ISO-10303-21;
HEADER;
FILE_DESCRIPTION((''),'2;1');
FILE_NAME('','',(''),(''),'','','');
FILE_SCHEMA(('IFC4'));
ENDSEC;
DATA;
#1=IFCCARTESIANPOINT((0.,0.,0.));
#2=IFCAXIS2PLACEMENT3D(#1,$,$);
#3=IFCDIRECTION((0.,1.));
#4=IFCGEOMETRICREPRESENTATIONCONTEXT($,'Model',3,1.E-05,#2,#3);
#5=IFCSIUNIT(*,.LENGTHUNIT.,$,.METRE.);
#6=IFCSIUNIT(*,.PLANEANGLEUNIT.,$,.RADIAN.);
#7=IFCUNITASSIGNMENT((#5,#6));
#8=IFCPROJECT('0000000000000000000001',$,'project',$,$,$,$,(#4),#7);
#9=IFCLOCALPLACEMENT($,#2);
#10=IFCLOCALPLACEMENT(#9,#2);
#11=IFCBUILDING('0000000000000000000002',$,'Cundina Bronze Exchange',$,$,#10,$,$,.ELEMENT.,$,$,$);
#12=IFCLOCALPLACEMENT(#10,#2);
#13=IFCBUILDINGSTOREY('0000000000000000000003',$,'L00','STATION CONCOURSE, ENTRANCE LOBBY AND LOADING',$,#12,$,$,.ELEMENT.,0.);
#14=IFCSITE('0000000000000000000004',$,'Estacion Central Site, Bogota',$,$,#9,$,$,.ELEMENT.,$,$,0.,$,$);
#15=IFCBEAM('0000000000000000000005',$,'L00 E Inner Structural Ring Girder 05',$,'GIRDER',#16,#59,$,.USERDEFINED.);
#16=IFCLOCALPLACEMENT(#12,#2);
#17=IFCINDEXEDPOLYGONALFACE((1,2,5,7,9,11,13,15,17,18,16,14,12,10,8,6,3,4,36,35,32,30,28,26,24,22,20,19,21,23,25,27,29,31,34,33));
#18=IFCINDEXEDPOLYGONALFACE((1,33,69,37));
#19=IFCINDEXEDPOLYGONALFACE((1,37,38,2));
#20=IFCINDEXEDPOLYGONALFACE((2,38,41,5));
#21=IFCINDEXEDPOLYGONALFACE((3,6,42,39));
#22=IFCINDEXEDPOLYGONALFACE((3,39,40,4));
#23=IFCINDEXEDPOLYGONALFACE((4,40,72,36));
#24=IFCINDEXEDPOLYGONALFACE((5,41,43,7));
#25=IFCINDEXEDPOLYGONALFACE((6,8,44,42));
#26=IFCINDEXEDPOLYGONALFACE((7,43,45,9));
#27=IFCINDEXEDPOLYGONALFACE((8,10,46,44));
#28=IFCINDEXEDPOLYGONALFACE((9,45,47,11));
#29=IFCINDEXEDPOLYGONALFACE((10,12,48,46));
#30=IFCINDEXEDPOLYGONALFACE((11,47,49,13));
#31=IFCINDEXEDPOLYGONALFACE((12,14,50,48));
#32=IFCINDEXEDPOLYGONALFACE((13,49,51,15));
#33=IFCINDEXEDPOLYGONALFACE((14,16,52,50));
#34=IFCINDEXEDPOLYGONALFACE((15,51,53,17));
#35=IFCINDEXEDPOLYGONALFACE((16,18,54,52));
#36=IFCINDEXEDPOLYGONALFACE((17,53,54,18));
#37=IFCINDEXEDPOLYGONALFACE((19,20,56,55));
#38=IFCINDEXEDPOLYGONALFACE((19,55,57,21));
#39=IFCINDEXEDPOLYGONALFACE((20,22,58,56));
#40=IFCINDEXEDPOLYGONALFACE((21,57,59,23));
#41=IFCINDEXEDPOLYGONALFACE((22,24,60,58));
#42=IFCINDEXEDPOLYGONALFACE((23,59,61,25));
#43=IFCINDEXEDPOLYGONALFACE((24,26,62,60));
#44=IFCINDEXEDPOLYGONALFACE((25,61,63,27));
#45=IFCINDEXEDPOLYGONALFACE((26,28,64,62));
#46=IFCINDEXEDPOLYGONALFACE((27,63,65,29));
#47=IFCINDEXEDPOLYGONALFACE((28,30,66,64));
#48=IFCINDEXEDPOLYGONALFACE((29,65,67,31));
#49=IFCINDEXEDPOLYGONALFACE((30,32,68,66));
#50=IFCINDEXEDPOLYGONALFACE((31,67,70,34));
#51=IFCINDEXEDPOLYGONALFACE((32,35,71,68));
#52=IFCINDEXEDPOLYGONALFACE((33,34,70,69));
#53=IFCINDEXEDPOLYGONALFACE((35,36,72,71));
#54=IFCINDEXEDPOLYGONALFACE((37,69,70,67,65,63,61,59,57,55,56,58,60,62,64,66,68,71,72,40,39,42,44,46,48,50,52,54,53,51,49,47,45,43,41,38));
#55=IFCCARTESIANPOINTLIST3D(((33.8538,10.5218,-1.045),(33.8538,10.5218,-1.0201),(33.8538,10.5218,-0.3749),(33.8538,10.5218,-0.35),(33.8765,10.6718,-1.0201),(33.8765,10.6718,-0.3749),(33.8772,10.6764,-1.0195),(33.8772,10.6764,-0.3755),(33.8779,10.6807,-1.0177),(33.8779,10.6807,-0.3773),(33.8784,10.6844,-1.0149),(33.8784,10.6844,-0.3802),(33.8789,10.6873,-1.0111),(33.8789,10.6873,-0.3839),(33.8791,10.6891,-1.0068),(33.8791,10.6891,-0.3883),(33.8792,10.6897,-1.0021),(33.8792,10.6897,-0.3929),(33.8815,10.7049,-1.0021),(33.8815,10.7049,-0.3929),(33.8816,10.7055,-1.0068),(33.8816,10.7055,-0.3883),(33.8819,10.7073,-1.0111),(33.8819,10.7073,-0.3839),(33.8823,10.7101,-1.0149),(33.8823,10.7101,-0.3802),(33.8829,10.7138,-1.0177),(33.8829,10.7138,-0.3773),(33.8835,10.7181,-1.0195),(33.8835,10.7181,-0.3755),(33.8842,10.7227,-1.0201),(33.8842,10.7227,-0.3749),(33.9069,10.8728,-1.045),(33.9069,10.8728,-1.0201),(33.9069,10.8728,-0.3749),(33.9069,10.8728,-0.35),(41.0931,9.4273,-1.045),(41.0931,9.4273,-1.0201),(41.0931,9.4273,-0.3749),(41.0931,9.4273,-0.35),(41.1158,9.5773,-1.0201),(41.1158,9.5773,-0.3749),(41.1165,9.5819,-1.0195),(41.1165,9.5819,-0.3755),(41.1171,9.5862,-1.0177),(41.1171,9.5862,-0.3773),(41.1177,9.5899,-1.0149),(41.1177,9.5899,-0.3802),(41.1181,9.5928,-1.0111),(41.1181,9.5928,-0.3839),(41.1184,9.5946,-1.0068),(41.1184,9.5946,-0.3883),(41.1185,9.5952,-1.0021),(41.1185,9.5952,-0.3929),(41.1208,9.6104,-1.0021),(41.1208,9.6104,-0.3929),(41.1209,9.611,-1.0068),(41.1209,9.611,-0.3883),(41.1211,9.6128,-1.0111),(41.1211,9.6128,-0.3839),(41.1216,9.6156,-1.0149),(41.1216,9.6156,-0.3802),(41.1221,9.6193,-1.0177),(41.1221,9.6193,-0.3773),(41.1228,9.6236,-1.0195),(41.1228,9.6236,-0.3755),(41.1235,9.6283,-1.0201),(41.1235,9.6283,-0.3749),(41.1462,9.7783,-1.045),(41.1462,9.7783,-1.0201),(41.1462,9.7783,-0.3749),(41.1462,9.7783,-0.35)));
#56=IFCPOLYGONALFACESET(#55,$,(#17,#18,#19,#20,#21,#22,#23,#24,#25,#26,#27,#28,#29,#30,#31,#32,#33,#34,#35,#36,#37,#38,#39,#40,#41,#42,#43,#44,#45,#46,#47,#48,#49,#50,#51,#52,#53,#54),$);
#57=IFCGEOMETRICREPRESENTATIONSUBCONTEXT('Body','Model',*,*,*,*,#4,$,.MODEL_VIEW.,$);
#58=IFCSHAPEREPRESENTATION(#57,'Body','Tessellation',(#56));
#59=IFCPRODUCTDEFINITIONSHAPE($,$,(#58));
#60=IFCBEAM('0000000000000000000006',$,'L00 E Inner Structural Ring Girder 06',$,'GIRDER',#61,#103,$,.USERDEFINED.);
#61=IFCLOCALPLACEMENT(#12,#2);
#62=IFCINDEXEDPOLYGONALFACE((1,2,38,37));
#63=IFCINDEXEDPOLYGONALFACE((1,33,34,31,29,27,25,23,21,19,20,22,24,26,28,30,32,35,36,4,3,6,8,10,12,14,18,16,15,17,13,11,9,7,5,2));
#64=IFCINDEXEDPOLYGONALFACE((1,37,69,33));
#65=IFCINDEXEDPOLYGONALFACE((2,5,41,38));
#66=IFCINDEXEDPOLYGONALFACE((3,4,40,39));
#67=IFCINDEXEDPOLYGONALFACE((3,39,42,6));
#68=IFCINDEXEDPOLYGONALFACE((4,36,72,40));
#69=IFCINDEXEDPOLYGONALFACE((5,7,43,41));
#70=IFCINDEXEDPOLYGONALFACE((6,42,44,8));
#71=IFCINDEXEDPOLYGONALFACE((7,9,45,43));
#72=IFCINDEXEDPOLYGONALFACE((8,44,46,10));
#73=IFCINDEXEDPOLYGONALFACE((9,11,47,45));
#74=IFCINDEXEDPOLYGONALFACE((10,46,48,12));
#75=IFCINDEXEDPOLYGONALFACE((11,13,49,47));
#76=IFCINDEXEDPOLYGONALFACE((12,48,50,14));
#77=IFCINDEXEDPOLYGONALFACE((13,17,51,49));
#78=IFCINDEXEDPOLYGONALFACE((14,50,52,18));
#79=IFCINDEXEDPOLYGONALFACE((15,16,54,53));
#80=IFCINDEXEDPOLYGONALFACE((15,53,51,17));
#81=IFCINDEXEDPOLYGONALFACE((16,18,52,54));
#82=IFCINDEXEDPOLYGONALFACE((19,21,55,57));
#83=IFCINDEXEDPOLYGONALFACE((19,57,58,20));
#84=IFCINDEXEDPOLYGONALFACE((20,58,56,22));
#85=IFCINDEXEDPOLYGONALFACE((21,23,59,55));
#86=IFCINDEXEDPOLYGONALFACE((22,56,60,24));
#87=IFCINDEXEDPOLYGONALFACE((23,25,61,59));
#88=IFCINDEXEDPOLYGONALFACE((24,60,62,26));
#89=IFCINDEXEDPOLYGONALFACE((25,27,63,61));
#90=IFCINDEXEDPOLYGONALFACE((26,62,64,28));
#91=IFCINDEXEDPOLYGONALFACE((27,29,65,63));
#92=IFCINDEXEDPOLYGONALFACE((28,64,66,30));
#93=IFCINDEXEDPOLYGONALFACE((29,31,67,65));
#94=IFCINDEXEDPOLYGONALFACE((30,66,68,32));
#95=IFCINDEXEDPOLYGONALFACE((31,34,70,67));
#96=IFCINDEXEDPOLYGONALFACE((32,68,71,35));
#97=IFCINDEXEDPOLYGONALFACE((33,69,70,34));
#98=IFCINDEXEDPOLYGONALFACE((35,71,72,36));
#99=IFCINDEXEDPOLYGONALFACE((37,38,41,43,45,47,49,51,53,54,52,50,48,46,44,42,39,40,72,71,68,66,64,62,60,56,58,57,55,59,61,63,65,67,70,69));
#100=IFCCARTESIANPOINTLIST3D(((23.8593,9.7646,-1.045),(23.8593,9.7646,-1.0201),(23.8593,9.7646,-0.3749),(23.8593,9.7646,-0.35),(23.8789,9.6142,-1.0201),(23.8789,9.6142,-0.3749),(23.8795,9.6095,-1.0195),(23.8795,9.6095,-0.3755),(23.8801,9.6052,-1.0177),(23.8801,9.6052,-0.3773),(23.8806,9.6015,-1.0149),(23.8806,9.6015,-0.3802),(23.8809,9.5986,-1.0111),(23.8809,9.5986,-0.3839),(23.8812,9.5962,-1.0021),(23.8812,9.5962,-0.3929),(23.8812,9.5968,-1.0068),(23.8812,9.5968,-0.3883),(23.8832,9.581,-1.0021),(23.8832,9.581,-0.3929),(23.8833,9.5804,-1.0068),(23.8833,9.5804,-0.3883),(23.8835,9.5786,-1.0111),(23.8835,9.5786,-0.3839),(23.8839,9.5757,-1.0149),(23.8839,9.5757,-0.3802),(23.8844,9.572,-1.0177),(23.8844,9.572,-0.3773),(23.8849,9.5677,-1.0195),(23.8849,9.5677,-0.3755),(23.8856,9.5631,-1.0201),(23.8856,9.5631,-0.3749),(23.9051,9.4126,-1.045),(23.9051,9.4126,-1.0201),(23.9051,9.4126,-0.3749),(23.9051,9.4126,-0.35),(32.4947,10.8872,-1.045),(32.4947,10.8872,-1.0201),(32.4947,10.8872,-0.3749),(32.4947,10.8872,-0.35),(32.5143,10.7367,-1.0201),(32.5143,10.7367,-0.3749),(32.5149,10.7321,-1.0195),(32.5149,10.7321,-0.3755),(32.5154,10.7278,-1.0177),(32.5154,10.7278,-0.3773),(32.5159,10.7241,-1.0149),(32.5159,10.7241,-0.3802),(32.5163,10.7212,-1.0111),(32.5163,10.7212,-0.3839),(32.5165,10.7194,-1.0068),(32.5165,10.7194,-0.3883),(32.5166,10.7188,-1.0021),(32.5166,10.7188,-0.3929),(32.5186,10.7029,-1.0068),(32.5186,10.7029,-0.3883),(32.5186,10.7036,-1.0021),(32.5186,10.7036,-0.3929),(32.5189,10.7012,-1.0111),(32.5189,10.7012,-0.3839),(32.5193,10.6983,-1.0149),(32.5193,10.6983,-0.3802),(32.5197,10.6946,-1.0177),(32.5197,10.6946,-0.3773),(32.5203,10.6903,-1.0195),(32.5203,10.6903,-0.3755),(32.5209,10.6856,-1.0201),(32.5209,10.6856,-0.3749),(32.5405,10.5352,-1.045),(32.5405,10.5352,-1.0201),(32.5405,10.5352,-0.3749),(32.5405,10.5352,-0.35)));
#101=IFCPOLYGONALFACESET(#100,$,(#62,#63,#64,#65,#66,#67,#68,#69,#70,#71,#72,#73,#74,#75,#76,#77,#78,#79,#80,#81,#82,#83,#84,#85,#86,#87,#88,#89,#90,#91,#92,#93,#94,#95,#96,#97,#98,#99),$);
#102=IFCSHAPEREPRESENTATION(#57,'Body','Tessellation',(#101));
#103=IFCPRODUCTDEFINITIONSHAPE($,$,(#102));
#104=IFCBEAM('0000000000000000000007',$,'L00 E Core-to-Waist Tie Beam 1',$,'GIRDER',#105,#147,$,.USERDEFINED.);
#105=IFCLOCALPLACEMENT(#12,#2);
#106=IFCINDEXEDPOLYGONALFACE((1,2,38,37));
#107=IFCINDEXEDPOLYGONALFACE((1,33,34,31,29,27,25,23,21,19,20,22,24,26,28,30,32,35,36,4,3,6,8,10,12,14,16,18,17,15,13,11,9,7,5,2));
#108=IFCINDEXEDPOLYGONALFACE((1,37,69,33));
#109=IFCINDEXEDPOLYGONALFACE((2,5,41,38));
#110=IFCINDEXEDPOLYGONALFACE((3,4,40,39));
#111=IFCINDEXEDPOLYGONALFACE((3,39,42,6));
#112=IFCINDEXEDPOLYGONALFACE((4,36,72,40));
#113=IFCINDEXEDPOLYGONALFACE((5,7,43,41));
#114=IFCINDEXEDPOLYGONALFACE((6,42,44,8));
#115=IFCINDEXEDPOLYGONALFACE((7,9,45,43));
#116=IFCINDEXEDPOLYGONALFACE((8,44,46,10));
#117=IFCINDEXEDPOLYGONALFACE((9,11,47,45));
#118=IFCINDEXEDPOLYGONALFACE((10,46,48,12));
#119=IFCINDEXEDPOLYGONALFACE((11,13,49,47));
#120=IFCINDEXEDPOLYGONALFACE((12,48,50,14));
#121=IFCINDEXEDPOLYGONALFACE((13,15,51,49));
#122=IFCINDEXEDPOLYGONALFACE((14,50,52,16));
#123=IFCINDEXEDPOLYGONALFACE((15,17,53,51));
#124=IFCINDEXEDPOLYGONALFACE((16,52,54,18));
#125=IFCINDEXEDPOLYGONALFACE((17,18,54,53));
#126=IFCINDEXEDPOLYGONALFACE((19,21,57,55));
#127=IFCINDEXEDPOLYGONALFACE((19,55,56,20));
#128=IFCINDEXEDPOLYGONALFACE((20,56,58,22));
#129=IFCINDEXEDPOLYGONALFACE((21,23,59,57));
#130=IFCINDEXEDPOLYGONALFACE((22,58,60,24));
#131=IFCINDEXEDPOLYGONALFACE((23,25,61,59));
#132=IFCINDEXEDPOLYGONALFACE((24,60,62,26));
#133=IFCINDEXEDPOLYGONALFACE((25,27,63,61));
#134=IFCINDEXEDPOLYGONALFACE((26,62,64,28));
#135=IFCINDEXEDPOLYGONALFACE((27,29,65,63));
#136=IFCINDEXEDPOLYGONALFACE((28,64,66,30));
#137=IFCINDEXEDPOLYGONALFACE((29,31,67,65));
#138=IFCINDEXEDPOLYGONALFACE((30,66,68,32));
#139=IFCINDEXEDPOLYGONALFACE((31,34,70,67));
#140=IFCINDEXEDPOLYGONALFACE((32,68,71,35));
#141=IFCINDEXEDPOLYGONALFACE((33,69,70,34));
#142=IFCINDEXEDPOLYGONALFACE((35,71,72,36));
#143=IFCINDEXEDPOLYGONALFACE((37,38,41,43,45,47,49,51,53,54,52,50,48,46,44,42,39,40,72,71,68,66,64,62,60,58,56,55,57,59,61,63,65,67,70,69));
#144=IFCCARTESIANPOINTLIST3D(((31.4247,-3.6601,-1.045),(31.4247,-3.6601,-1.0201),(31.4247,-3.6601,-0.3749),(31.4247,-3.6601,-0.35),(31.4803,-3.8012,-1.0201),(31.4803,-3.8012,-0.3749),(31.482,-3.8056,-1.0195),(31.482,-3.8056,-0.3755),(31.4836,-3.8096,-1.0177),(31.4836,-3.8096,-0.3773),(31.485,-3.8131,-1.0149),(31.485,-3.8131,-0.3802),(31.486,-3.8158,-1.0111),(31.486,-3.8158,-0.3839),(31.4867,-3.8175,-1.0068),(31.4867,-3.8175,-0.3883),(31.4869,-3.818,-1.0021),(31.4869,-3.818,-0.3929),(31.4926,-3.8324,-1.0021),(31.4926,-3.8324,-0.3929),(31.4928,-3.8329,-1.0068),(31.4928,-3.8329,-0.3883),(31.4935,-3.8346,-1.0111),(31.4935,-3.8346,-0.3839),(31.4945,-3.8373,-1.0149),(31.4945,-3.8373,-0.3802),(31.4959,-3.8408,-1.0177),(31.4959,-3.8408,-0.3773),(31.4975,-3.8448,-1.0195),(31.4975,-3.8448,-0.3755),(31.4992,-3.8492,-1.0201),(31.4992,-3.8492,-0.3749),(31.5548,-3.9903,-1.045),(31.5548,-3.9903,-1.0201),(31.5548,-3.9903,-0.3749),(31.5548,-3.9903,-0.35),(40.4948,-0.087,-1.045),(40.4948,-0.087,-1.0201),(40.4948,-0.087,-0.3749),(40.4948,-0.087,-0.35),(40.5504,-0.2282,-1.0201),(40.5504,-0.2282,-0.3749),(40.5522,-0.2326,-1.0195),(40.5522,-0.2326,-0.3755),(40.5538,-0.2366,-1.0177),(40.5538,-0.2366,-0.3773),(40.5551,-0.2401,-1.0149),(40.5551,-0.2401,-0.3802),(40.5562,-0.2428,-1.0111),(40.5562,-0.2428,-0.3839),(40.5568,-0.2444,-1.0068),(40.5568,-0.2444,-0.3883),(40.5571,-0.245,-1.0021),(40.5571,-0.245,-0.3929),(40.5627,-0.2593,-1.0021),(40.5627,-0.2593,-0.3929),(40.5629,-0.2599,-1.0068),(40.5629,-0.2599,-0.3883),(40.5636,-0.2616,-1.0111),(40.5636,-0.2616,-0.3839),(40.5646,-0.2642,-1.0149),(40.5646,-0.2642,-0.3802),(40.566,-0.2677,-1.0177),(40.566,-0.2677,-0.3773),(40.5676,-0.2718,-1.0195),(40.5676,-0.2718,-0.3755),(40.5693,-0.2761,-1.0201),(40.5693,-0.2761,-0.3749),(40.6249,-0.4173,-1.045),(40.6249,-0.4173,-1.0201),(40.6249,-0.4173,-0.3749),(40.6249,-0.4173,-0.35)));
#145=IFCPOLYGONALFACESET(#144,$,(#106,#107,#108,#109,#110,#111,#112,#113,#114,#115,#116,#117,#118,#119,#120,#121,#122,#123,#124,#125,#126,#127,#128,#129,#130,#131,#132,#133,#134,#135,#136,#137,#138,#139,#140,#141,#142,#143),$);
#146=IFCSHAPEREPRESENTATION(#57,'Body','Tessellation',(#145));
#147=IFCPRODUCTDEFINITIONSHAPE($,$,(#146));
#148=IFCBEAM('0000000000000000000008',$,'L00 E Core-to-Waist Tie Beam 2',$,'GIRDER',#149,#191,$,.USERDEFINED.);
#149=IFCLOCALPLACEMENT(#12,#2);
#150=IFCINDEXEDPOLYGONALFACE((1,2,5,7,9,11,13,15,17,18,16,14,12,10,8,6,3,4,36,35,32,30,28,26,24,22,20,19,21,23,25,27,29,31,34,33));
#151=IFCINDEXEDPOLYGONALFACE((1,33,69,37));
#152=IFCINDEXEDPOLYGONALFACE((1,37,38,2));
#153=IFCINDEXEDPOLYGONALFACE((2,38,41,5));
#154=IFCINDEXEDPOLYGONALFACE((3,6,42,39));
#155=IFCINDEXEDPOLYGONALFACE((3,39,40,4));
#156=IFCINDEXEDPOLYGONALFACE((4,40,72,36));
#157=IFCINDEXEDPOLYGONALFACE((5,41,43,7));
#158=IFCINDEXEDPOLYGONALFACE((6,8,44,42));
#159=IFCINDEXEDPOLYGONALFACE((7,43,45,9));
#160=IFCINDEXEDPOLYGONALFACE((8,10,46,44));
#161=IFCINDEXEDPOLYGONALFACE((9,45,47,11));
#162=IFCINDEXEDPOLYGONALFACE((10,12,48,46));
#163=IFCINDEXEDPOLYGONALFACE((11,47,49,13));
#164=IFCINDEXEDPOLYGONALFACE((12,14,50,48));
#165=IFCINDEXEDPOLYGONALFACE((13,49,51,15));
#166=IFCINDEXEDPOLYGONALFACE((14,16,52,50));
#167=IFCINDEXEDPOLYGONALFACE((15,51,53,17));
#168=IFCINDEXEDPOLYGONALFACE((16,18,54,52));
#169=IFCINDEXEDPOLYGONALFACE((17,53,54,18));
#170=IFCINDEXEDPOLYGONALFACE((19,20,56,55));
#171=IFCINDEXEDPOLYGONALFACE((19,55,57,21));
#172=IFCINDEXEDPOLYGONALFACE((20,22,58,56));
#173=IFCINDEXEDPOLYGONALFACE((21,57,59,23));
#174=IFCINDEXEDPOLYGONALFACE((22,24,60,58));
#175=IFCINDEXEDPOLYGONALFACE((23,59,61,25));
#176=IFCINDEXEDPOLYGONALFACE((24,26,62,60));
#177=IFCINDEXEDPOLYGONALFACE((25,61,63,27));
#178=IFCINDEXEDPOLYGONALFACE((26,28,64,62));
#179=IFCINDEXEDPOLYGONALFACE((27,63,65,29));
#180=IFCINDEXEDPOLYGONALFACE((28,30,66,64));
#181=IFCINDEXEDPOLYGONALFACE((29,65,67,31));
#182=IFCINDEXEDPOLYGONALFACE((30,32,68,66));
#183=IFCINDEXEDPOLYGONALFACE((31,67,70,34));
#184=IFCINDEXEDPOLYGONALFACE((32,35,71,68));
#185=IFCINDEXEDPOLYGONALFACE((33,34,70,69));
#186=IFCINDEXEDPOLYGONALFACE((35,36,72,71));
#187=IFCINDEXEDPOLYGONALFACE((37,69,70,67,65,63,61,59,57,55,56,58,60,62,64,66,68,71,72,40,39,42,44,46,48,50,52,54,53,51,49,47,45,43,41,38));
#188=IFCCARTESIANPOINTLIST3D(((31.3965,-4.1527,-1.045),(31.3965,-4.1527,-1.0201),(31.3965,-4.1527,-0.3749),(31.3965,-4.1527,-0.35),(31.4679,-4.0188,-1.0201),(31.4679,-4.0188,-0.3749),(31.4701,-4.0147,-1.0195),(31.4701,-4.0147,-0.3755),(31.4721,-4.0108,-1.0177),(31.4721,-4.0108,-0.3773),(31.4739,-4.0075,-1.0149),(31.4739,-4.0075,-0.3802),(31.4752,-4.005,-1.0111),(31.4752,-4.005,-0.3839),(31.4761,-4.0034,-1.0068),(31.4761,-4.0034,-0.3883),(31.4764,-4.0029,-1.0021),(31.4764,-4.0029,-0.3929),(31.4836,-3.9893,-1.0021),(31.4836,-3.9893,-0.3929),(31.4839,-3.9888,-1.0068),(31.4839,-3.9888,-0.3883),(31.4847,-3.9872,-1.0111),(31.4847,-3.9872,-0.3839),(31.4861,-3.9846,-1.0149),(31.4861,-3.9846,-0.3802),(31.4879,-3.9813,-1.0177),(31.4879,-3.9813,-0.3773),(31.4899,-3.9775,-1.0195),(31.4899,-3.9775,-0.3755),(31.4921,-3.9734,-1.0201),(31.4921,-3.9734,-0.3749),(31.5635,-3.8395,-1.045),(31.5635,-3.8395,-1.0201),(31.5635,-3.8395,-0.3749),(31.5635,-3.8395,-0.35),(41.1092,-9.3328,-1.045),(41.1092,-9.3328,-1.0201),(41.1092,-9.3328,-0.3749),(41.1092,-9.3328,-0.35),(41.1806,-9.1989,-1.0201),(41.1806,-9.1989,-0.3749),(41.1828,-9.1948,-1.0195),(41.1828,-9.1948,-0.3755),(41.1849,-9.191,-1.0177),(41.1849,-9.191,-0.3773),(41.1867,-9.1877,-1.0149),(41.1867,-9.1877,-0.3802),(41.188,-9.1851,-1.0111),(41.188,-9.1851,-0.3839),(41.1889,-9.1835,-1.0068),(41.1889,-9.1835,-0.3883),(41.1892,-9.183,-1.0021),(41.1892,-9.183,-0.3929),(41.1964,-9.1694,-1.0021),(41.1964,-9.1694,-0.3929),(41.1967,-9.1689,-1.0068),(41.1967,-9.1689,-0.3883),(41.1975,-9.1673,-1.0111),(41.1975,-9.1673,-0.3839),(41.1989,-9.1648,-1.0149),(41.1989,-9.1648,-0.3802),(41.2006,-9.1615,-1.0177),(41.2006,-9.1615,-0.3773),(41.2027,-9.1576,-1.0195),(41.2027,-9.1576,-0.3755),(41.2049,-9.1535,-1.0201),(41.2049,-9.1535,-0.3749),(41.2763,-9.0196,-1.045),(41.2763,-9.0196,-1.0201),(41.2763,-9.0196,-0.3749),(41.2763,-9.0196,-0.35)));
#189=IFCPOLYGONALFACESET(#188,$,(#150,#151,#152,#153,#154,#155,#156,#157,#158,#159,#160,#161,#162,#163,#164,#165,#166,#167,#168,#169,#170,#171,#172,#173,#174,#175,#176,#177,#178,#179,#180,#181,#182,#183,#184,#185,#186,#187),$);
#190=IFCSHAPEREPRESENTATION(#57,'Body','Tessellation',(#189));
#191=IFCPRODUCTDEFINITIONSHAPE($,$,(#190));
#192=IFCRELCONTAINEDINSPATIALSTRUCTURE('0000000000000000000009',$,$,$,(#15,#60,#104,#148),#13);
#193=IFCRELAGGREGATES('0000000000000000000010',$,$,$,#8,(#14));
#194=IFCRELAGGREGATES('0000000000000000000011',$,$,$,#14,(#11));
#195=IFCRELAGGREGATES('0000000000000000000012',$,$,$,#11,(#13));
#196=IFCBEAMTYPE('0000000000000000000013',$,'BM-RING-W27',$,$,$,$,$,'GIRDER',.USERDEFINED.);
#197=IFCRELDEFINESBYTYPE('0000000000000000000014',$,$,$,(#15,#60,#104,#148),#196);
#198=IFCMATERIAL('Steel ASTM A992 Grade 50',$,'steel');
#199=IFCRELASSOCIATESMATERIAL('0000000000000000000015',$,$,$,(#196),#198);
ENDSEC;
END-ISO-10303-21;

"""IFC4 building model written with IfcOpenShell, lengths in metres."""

from ifc_helpers import new_model, si_unit, direction, frame, origin, origin_2d, place, context, subcontext, project, spatial, i_section, extrude, material, material_profile, profile_set, type_object, element, save


model = new_model("IFC4")

# Units and contexts
model_context = context("Model", 3, precision=1e-05, world=origin(), true_north=direction((0.0, 1.0)))
body_context = subcontext(model_context, "Body", "Model", "MODEL_VIEW")
ifc_project = project(units=[si_unit("LENGTHUNIT", "METRE"), si_unit("PLANEANGLEUNIT", "RADIAN")], contexts=[model_context])

# Site, building, storey
site_placement = place(None, origin())
site = spatial("IfcSite", under=ifc_project, at=site_placement, Name="Estacion Central Site, Bogota", CompositionType="ELEMENT", RefElevation=0.0)
building_placement = place(site_placement, origin())
building = spatial("IfcBuilding", under=site, at=building_placement, Name="Cundina Bronze Exchange", CompositionType="ELEMENT")
storey_placement = place(building_placement, origin())
storey = spatial("IfcBuildingStorey", under=building, at=storey_placement, Name="L00", Description="STATION CONCOURSE, ENTRANCE LOBBY AND LOADING", CompositionType="ELEMENT", Elevation=0.0)

# Shared definitions
ifc_material_1 = material(Name="Steel ASTM A992 Grade 50", Category="steel")

# Beams
ifc_material_profile_1 = material_profile(ifc_material_1, i_section(OverallWidth=0.355, OverallDepth=0.6951, WebThickness=0.0154, FlangeThickness=0.0249, FilletRadius=0.0181, at=origin_2d()), Name="W27X146", Category="steel")
ifc_profile_set_1 = profile_set([ifc_material_profile_1], Name="Steel ASTM A992 Grade 50")
beam_type_1 = type_object("IfcBeamType", Name="BM-RING-W27", ElementType="GIRDER", PredefinedType="USERDEFINED", material=ifc_profile_set_1)
beam_1_placement = place(storey_placement, frame((41.1196, 9.6028, -0.6975), z_axis=(-0.988763, 0.149488, 0.0), x_axis=(-0.149488, -0.988763, 0.0)))
element("IfcBeam", 1, at=beam_1_placement, inside=storey, type_object=beam_type_1, Name="L00 E Inner Structural Ring Girder 05", ObjectType="GIRDER", PredefinedType="USERDEFINED", context=body_context, shape_type="SweptSolid", body=[
    extrude(i_section(OverallWidth=0.355, OverallDepth=0.6951, WebThickness=0.0154, FlangeThickness=0.0249, FilletRadius=0.0181, at=origin_2d()), origin(), (0.0, 0.0, 1.0), 7.3215),
])
beam_2_placement = place(storey_placement, frame((32.5176, 10.7112, -0.6975), z_axis=(-0.991656, -0.128912, 0.0), x_axis=(0.128912, -0.991656, 0.0)))
element("IfcBeam", 2, at=beam_2_placement, inside=storey, type_object=beam_type_1, Name="L00 E Inner Structural Ring Girder 06", ObjectType="GIRDER", PredefinedType="USERDEFINED", context=body_context, shape_type="SweptSolid", body=[
    extrude(i_section(OverallWidth=0.355, OverallDepth=0.6951, WebThickness=0.0154, FlangeThickness=0.0249, FilletRadius=0.0181, at=origin_2d()), origin(), (0.0, 0.0, 1.0), 8.708),
])
beam_3_placement = place(storey_placement, frame((31.4897, -3.8252, -0.6975), z_axis=(0.93041, 0.366519, 0.0), x_axis=(-0.366519, 0.93041, 0.0)))
element("IfcBeam", 3, at=beam_3_placement, inside=storey, type_object=beam_type_1, Name="L00 E Core-to-Waist Tie Beam 1", ObjectType="GIRDER", PredefinedType="USERDEFINED", context=body_context, shape_type="SweptSolid", body=[
    extrude(i_section(OverallWidth=0.355, OverallDepth=0.6951, WebThickness=0.0154, FlangeThickness=0.0249, FilletRadius=0.0181, at=origin_2d()), origin(), (0.0, 0.0, 1.0), 9.7485),
])
beam_4_placement = place(storey_placement, frame((31.48, -3.9961, -0.6975), z_axis=(0.882354, -0.470586, 0.0), x_axis=(0.470586, 0.882354, 0.0)))
element("IfcBeam", 4, at=beam_4_placement, inside=storey, type_object=beam_type_1, Name="L00 E Core-to-Waist Tie Beam 2", ObjectType="GIRDER", PredefinedType="USERDEFINED", context=body_context, shape_type="SweptSolid", body=[
    extrude(i_section(OverallWidth=0.355, OverallDepth=0.6951, WebThickness=0.0154, FlangeThickness=0.0249, FilletRadius=0.0181, at=origin_2d()), origin(), (0.0, 0.0, 1.0), 11.0078),
])

save(model, "model.ifc")
